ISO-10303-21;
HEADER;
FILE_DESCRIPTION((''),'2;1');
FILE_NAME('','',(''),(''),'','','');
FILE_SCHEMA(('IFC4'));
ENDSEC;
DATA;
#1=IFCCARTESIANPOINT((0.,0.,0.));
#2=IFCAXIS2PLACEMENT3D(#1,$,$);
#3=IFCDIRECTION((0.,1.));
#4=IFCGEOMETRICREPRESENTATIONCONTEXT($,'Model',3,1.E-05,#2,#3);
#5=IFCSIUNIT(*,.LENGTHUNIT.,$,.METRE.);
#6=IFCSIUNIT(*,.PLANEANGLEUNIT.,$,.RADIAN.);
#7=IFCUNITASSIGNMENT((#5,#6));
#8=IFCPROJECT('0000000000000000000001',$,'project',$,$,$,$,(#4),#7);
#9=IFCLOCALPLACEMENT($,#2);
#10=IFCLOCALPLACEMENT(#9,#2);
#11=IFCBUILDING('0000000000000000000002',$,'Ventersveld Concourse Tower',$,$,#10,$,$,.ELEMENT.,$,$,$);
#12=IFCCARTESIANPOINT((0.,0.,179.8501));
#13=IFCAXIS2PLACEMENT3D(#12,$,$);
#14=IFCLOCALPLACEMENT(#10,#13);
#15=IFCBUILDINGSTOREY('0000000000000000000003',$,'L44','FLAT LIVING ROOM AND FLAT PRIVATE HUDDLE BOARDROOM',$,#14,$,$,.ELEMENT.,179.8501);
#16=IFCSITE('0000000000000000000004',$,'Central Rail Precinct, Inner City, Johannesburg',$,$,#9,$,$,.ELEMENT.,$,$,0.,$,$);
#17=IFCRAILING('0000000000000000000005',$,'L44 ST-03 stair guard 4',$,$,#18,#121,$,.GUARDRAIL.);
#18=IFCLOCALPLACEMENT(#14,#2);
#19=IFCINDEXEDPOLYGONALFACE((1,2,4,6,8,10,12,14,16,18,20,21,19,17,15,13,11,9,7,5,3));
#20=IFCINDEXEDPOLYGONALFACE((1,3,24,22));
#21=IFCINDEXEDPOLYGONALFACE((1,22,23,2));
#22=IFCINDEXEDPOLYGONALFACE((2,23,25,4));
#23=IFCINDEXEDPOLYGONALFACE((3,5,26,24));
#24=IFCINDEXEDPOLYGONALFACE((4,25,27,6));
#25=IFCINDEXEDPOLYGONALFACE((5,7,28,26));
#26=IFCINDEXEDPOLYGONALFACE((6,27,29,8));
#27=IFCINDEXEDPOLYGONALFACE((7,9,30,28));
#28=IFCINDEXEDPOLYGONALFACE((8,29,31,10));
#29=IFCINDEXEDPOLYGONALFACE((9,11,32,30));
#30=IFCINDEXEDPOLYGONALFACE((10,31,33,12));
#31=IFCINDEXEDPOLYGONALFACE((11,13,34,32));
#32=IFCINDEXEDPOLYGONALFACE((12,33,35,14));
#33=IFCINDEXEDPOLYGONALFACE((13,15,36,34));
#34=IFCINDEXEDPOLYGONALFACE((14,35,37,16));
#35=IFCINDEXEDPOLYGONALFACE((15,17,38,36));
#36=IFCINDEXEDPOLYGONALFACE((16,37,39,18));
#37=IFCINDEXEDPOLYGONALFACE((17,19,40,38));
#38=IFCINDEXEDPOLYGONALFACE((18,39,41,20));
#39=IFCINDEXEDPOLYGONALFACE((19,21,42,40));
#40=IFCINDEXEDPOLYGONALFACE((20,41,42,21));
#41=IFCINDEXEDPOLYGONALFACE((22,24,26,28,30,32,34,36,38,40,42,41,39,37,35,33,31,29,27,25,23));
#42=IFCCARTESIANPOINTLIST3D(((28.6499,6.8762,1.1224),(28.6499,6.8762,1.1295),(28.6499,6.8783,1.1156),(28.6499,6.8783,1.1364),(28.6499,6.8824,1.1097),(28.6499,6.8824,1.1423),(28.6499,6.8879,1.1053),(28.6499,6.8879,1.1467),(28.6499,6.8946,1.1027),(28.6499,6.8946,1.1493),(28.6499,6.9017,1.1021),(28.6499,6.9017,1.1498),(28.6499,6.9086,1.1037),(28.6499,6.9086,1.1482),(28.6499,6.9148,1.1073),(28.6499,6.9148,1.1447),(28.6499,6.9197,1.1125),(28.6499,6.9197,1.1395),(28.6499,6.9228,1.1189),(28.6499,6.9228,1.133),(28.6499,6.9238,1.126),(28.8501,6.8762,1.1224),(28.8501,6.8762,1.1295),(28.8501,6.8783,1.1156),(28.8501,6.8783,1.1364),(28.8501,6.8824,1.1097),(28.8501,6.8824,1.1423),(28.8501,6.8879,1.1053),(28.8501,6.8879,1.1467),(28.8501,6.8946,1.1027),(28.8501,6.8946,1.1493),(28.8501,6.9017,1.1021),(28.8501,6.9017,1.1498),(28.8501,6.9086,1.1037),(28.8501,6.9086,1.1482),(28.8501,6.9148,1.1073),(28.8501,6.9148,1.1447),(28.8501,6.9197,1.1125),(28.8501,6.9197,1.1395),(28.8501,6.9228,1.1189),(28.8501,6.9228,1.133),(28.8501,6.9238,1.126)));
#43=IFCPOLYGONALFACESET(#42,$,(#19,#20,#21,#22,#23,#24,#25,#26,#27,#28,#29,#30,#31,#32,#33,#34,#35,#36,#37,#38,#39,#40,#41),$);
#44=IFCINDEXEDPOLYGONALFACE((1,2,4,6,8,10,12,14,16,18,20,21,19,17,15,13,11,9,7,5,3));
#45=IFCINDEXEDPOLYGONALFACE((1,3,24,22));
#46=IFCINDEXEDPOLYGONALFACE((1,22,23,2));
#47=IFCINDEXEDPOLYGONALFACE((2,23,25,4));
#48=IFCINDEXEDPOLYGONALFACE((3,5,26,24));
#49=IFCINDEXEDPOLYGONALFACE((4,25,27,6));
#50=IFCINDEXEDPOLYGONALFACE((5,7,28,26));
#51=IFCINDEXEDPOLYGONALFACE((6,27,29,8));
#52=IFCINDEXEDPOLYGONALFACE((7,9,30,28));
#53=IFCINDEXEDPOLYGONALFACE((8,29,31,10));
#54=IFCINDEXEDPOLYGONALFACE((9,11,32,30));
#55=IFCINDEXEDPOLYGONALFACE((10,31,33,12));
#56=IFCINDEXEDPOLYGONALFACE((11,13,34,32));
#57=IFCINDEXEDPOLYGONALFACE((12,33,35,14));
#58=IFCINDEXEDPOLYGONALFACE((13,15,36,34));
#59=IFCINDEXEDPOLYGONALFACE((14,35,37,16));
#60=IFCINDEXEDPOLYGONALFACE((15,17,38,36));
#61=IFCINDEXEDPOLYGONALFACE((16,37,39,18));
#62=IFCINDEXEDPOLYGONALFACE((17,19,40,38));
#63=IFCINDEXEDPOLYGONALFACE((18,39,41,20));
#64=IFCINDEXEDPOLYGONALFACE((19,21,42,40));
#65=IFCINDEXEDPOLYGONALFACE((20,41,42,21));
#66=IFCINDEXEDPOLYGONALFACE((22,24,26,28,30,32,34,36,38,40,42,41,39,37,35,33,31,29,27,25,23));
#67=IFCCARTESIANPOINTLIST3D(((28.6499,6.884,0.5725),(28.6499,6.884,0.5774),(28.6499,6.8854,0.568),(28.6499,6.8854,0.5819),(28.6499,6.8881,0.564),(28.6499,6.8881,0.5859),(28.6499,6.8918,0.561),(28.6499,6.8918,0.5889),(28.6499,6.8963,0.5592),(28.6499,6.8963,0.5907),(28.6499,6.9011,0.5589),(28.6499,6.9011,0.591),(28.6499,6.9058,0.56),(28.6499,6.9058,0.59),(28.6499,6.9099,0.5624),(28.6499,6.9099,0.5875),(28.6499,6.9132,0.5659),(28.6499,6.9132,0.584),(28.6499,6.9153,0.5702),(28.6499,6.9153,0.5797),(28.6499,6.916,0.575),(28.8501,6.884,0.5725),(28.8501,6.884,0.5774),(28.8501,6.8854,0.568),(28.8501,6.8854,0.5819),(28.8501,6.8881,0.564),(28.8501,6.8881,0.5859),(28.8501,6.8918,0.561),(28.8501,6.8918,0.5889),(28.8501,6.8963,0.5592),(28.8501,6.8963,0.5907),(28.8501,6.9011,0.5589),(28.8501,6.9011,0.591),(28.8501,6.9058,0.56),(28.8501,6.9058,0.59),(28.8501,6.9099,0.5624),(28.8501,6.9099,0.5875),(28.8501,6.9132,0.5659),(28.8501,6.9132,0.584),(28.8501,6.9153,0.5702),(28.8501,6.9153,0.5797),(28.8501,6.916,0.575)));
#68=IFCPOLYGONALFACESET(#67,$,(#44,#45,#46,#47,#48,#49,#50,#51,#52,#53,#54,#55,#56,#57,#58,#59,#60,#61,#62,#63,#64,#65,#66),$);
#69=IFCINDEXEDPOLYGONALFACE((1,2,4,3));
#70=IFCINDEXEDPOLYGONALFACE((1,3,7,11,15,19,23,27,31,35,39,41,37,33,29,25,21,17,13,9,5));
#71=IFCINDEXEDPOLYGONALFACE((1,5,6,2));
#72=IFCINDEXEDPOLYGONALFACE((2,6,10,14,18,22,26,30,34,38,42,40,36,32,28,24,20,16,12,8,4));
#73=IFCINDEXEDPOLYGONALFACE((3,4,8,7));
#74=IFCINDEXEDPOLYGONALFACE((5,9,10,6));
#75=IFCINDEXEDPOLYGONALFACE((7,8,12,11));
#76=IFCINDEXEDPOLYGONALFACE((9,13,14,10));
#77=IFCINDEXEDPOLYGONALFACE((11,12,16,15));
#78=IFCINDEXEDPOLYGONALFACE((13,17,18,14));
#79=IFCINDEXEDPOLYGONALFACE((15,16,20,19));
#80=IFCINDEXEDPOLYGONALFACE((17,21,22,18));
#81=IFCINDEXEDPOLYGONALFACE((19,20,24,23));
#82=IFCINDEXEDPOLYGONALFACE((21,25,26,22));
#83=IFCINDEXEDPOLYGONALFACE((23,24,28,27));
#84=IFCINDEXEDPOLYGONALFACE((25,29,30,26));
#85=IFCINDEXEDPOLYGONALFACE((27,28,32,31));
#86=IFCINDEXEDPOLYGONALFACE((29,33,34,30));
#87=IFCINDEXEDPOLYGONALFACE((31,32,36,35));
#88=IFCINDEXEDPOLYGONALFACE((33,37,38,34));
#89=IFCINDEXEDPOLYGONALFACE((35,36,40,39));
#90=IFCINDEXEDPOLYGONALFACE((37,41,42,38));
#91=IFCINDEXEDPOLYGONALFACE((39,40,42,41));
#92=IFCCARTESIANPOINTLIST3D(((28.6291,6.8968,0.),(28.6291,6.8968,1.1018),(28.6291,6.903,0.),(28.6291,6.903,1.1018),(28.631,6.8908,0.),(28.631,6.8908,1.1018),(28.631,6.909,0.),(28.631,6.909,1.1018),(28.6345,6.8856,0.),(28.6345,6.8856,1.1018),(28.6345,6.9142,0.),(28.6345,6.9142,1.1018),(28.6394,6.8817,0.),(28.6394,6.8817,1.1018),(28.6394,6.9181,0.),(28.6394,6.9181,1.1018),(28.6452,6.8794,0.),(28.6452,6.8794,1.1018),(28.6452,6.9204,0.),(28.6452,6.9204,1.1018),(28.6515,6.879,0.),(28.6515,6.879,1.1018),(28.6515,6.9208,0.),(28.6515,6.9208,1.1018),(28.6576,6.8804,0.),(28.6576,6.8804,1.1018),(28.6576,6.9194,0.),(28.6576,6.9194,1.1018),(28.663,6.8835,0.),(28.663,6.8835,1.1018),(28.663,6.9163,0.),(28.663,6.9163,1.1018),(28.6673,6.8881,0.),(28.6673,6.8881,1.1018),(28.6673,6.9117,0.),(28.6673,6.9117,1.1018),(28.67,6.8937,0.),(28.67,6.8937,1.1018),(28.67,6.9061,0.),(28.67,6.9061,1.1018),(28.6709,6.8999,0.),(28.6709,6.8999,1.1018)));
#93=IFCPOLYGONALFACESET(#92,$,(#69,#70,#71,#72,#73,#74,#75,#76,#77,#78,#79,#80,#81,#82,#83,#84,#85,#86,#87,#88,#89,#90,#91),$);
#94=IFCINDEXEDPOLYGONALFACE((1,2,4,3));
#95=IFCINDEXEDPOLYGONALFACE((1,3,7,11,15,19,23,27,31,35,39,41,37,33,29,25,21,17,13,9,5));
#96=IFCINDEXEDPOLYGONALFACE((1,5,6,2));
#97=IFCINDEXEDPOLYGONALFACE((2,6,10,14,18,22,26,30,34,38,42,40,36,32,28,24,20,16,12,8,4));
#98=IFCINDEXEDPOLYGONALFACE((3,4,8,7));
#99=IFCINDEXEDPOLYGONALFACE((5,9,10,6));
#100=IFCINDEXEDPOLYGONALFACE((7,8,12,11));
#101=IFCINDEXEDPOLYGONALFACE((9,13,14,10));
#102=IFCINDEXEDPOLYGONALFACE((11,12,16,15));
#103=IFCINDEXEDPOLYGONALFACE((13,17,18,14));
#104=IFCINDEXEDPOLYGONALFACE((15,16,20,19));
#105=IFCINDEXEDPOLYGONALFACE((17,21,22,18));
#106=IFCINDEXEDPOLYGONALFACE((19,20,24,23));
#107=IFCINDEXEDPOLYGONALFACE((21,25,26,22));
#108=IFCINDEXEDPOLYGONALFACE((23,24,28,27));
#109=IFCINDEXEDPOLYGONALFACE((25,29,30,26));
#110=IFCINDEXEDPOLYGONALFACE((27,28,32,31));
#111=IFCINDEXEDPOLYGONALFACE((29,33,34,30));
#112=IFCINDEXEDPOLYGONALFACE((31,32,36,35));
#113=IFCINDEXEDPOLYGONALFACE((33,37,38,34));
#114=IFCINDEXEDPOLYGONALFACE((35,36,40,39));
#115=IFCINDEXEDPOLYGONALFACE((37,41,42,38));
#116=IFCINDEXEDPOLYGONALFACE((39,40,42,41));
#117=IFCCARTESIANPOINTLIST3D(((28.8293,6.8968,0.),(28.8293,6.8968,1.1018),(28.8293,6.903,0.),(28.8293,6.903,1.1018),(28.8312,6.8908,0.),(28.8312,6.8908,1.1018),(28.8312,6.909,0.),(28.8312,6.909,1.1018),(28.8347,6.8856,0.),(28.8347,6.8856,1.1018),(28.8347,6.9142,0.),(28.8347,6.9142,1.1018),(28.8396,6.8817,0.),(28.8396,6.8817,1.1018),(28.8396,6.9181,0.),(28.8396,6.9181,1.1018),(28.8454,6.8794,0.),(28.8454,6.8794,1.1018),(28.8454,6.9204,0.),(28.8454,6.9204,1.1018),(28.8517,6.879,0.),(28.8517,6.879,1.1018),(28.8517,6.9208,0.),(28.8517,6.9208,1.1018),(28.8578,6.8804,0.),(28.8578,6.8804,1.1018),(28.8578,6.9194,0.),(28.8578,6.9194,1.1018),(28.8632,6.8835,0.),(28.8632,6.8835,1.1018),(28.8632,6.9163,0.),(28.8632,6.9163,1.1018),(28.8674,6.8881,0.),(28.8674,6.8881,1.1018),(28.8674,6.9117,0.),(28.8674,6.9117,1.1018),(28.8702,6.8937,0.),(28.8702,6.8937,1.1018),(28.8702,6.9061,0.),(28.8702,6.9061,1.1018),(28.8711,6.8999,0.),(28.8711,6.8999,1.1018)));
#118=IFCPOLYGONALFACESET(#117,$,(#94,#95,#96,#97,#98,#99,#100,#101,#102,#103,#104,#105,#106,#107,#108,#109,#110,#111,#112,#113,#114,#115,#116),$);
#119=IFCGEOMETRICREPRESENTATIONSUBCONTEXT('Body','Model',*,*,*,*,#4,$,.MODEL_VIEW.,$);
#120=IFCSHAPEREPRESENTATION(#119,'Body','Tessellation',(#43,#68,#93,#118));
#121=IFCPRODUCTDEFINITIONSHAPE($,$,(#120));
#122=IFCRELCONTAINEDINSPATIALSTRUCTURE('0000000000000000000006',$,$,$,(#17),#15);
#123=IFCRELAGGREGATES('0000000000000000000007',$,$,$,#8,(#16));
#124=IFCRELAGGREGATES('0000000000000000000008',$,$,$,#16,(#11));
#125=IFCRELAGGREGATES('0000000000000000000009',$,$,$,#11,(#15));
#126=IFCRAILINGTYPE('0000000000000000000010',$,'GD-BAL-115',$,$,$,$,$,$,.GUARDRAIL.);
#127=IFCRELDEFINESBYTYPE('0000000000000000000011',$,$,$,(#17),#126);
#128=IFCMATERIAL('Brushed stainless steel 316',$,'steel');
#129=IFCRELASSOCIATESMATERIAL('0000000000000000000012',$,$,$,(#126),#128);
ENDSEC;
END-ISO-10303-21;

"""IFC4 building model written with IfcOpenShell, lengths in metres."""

from ifc_helpers import new_model, si_unit, direction, frame, origin, origin_2d, place, context, subcontext, project, spatial, circle, extrude, material, type_object, element, save


model = new_model("IFC4")

# Units and contexts
model_context = context("Model", 3, precision=1e-05, world=origin(), true_north=direction((0.0, 1.0)))
body_context = subcontext(model_context, "Body", "Model", "MODEL_VIEW")
ifc_project = project(units=[si_unit("LENGTHUNIT", "METRE"), si_unit("PLANEANGLEUNIT", "RADIAN")], contexts=[model_context])

# Site, building, storey
site_placement = place(None, origin())
site = spatial("IfcSite", under=ifc_project, at=site_placement, Name="Central Rail Precinct, Inner City, Johannesburg", CompositionType="ELEMENT", RefElevation=0.0)
building_placement = place(site_placement, origin())
building = spatial("IfcBuilding", under=site, at=building_placement, Name="Ventersveld Concourse Tower", CompositionType="ELEMENT")
storey_placement = place(building_placement, frame((0.0, 0.0, 179.8501)))
storey = spatial("IfcBuildingStorey", under=building, at=storey_placement, Name="L44", Description="FLAT LIVING ROOM AND FLAT PRIVATE HUDDLE BOARDROOM", CompositionType="ELEMENT", Elevation=179.8501)

# Shared definitions
ifc_material_1 = material(Name="Brushed stainless steel 316", Category="steel")

# Railing
railing_type_1 = type_object("IfcRailingType", Name="GD-BAL-115", PredefinedType="GUARDRAIL", material=ifc_material_1)
railing_1_placement = place(storey_placement, frame((28.6499, 6.8999, 0.0)))
element("IfcRailing", 1, at=railing_1_placement, inside=storey, type_object=railing_type_1, Name="L44 ST-03 stair guard 4", PredefinedType="GUARDRAIL", context=body_context, shape_type="SweptSolid", body=[
    extrude(circle(Radius=0.0239, at=origin_2d()), frame((0.0, 0.0, 1.126), z_axis=(1.0, 0.0, 0.0), x_axis=(0.0, 1.0, 0.0)), (0.0, 0.0, 1.0), 0.2002),
    extrude(circle(Radius=0.0161, at=origin_2d()), frame((0.0, 0.0, 0.575), z_axis=(1.0, 0.0, 0.0), x_axis=(0.0, 1.0, 0.0)), (0.0, 0.0, 1.0), 0.2002),
    extrude(circle(Radius=0.021, at=origin_2d()), origin(), (0.0, 0.0, 1.0), 1.1018),
    extrude(circle(Radius=0.021, at=origin_2d()), frame((0.2002, 0.0, 0.0)), (0.0, 0.0, 1.0), 1.1018),
])

save(model, "model.ifc")
